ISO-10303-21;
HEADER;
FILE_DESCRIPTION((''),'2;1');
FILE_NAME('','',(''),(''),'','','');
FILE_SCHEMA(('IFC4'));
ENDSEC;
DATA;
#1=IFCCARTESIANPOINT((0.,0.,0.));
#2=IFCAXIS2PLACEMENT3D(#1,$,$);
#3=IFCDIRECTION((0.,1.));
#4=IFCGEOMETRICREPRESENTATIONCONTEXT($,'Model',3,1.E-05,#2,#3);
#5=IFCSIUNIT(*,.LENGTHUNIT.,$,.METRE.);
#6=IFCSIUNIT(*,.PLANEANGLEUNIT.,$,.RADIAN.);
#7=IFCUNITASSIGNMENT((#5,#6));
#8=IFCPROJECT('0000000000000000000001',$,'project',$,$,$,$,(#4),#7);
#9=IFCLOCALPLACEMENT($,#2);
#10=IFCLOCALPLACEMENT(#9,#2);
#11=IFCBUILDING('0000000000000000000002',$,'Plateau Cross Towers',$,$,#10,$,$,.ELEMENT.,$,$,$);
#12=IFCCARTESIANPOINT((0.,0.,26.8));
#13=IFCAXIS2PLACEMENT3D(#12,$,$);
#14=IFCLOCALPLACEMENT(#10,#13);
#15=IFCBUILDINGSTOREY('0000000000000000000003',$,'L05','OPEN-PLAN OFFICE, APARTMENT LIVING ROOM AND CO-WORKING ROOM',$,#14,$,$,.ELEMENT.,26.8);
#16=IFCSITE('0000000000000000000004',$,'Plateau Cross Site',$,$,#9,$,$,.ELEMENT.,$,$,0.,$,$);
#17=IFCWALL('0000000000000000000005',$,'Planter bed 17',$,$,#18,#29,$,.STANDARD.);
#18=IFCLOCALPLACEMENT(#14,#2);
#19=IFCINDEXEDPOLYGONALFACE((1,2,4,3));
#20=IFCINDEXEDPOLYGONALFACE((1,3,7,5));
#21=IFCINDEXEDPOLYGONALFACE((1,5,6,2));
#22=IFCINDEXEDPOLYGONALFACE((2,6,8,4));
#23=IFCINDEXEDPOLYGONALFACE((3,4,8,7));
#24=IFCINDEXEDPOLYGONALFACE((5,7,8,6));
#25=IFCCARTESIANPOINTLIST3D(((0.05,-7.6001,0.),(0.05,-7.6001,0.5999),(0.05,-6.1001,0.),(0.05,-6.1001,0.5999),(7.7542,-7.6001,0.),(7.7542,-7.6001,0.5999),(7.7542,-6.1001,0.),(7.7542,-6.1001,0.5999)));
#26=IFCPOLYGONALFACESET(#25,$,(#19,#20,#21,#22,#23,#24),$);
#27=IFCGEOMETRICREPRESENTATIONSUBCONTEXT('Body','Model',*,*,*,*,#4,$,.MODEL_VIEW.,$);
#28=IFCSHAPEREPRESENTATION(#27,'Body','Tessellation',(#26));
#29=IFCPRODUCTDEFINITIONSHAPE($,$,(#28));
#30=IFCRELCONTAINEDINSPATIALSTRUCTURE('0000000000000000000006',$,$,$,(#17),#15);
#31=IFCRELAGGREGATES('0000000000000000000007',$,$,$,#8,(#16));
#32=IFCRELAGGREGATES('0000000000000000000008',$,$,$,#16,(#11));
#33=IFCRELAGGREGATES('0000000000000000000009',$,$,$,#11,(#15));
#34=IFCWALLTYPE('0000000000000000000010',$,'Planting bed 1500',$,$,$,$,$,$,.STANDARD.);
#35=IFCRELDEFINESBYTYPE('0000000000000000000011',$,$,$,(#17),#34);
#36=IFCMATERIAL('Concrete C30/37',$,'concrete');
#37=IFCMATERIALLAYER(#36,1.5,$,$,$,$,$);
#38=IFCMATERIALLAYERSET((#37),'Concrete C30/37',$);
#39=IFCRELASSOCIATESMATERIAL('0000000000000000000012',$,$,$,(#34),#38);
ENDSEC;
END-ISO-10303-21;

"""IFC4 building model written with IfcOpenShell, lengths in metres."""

from ifc_helpers import new_model, si_unit, direction, frame, frame_2d, origin, place, context, subcontext, project, spatial, rectangle, extrude, material, layer, layer_set, type_object, element, save


model = new_model("IFC4")

# Units and contexts
model_context = context("Model", 3, precision=1e-05, world=origin(), true_north=direction((0.0, 1.0)))
body_context = subcontext(model_context, "Body", "Model", "MODEL_VIEW")
ifc_project = project(units=[si_unit("LENGTHUNIT", "METRE"), si_unit("PLANEANGLEUNIT", "RADIAN")], contexts=[model_context])

# Site, building, storey
site_placement = place(None, origin())
site = spatial("IfcSite", under=ifc_project, at=site_placement, Name="Plateau Cross Site", CompositionType="ELEMENT", RefElevation=0.0)
building_placement = place(site_placement, origin())
building = spatial("IfcBuilding", under=site, at=building_placement, Name="Plateau Cross Towers", CompositionType="ELEMENT")
storey_placement = place(building_placement, frame((0.0, 0.0, 26.8)))
storey = spatial("IfcBuildingStorey", under=building, at=storey_placement, Name="L05", Description="OPEN-PLAN OFFICE, APARTMENT LIVING ROOM AND CO-WORKING ROOM", CompositionType="ELEMENT", Elevation=26.8)

# Shared definitions
ifc_material_1 = material(Name="Concrete C30/37", Category="concrete")

# Wall
ifc_layer_1 = layer(ifc_material_1, 1.5)
ifc_layer_set_1 = layer_set([ifc_layer_1], Name="Concrete C30/37")
wall_type_1 = type_object("IfcWallType", Name="Planting bed 1500", PredefinedType="STANDARD", material=ifc_layer_set_1)
wall_1_placement = place(storey_placement, frame((7.7542, -6.8501, 0.0), z_axis=(0.0, 0.0, 1.0), x_axis=(-1.0, 0.0, 0.0)))
element("IfcWall", 1, at=wall_1_placement, inside=storey, type_object=wall_type_1, Name="Planter bed 17", PredefinedType="STANDARD", context=body_context, shape_type="SweptSolid", body=[
    extrude(rectangle(XDim=7.7041, YDim=1.5, at=frame_2d((3.8521, 0.0))), origin(), (0.0, 0.0, 1.0), 0.5999),
])

save(model, "model.ifc")
